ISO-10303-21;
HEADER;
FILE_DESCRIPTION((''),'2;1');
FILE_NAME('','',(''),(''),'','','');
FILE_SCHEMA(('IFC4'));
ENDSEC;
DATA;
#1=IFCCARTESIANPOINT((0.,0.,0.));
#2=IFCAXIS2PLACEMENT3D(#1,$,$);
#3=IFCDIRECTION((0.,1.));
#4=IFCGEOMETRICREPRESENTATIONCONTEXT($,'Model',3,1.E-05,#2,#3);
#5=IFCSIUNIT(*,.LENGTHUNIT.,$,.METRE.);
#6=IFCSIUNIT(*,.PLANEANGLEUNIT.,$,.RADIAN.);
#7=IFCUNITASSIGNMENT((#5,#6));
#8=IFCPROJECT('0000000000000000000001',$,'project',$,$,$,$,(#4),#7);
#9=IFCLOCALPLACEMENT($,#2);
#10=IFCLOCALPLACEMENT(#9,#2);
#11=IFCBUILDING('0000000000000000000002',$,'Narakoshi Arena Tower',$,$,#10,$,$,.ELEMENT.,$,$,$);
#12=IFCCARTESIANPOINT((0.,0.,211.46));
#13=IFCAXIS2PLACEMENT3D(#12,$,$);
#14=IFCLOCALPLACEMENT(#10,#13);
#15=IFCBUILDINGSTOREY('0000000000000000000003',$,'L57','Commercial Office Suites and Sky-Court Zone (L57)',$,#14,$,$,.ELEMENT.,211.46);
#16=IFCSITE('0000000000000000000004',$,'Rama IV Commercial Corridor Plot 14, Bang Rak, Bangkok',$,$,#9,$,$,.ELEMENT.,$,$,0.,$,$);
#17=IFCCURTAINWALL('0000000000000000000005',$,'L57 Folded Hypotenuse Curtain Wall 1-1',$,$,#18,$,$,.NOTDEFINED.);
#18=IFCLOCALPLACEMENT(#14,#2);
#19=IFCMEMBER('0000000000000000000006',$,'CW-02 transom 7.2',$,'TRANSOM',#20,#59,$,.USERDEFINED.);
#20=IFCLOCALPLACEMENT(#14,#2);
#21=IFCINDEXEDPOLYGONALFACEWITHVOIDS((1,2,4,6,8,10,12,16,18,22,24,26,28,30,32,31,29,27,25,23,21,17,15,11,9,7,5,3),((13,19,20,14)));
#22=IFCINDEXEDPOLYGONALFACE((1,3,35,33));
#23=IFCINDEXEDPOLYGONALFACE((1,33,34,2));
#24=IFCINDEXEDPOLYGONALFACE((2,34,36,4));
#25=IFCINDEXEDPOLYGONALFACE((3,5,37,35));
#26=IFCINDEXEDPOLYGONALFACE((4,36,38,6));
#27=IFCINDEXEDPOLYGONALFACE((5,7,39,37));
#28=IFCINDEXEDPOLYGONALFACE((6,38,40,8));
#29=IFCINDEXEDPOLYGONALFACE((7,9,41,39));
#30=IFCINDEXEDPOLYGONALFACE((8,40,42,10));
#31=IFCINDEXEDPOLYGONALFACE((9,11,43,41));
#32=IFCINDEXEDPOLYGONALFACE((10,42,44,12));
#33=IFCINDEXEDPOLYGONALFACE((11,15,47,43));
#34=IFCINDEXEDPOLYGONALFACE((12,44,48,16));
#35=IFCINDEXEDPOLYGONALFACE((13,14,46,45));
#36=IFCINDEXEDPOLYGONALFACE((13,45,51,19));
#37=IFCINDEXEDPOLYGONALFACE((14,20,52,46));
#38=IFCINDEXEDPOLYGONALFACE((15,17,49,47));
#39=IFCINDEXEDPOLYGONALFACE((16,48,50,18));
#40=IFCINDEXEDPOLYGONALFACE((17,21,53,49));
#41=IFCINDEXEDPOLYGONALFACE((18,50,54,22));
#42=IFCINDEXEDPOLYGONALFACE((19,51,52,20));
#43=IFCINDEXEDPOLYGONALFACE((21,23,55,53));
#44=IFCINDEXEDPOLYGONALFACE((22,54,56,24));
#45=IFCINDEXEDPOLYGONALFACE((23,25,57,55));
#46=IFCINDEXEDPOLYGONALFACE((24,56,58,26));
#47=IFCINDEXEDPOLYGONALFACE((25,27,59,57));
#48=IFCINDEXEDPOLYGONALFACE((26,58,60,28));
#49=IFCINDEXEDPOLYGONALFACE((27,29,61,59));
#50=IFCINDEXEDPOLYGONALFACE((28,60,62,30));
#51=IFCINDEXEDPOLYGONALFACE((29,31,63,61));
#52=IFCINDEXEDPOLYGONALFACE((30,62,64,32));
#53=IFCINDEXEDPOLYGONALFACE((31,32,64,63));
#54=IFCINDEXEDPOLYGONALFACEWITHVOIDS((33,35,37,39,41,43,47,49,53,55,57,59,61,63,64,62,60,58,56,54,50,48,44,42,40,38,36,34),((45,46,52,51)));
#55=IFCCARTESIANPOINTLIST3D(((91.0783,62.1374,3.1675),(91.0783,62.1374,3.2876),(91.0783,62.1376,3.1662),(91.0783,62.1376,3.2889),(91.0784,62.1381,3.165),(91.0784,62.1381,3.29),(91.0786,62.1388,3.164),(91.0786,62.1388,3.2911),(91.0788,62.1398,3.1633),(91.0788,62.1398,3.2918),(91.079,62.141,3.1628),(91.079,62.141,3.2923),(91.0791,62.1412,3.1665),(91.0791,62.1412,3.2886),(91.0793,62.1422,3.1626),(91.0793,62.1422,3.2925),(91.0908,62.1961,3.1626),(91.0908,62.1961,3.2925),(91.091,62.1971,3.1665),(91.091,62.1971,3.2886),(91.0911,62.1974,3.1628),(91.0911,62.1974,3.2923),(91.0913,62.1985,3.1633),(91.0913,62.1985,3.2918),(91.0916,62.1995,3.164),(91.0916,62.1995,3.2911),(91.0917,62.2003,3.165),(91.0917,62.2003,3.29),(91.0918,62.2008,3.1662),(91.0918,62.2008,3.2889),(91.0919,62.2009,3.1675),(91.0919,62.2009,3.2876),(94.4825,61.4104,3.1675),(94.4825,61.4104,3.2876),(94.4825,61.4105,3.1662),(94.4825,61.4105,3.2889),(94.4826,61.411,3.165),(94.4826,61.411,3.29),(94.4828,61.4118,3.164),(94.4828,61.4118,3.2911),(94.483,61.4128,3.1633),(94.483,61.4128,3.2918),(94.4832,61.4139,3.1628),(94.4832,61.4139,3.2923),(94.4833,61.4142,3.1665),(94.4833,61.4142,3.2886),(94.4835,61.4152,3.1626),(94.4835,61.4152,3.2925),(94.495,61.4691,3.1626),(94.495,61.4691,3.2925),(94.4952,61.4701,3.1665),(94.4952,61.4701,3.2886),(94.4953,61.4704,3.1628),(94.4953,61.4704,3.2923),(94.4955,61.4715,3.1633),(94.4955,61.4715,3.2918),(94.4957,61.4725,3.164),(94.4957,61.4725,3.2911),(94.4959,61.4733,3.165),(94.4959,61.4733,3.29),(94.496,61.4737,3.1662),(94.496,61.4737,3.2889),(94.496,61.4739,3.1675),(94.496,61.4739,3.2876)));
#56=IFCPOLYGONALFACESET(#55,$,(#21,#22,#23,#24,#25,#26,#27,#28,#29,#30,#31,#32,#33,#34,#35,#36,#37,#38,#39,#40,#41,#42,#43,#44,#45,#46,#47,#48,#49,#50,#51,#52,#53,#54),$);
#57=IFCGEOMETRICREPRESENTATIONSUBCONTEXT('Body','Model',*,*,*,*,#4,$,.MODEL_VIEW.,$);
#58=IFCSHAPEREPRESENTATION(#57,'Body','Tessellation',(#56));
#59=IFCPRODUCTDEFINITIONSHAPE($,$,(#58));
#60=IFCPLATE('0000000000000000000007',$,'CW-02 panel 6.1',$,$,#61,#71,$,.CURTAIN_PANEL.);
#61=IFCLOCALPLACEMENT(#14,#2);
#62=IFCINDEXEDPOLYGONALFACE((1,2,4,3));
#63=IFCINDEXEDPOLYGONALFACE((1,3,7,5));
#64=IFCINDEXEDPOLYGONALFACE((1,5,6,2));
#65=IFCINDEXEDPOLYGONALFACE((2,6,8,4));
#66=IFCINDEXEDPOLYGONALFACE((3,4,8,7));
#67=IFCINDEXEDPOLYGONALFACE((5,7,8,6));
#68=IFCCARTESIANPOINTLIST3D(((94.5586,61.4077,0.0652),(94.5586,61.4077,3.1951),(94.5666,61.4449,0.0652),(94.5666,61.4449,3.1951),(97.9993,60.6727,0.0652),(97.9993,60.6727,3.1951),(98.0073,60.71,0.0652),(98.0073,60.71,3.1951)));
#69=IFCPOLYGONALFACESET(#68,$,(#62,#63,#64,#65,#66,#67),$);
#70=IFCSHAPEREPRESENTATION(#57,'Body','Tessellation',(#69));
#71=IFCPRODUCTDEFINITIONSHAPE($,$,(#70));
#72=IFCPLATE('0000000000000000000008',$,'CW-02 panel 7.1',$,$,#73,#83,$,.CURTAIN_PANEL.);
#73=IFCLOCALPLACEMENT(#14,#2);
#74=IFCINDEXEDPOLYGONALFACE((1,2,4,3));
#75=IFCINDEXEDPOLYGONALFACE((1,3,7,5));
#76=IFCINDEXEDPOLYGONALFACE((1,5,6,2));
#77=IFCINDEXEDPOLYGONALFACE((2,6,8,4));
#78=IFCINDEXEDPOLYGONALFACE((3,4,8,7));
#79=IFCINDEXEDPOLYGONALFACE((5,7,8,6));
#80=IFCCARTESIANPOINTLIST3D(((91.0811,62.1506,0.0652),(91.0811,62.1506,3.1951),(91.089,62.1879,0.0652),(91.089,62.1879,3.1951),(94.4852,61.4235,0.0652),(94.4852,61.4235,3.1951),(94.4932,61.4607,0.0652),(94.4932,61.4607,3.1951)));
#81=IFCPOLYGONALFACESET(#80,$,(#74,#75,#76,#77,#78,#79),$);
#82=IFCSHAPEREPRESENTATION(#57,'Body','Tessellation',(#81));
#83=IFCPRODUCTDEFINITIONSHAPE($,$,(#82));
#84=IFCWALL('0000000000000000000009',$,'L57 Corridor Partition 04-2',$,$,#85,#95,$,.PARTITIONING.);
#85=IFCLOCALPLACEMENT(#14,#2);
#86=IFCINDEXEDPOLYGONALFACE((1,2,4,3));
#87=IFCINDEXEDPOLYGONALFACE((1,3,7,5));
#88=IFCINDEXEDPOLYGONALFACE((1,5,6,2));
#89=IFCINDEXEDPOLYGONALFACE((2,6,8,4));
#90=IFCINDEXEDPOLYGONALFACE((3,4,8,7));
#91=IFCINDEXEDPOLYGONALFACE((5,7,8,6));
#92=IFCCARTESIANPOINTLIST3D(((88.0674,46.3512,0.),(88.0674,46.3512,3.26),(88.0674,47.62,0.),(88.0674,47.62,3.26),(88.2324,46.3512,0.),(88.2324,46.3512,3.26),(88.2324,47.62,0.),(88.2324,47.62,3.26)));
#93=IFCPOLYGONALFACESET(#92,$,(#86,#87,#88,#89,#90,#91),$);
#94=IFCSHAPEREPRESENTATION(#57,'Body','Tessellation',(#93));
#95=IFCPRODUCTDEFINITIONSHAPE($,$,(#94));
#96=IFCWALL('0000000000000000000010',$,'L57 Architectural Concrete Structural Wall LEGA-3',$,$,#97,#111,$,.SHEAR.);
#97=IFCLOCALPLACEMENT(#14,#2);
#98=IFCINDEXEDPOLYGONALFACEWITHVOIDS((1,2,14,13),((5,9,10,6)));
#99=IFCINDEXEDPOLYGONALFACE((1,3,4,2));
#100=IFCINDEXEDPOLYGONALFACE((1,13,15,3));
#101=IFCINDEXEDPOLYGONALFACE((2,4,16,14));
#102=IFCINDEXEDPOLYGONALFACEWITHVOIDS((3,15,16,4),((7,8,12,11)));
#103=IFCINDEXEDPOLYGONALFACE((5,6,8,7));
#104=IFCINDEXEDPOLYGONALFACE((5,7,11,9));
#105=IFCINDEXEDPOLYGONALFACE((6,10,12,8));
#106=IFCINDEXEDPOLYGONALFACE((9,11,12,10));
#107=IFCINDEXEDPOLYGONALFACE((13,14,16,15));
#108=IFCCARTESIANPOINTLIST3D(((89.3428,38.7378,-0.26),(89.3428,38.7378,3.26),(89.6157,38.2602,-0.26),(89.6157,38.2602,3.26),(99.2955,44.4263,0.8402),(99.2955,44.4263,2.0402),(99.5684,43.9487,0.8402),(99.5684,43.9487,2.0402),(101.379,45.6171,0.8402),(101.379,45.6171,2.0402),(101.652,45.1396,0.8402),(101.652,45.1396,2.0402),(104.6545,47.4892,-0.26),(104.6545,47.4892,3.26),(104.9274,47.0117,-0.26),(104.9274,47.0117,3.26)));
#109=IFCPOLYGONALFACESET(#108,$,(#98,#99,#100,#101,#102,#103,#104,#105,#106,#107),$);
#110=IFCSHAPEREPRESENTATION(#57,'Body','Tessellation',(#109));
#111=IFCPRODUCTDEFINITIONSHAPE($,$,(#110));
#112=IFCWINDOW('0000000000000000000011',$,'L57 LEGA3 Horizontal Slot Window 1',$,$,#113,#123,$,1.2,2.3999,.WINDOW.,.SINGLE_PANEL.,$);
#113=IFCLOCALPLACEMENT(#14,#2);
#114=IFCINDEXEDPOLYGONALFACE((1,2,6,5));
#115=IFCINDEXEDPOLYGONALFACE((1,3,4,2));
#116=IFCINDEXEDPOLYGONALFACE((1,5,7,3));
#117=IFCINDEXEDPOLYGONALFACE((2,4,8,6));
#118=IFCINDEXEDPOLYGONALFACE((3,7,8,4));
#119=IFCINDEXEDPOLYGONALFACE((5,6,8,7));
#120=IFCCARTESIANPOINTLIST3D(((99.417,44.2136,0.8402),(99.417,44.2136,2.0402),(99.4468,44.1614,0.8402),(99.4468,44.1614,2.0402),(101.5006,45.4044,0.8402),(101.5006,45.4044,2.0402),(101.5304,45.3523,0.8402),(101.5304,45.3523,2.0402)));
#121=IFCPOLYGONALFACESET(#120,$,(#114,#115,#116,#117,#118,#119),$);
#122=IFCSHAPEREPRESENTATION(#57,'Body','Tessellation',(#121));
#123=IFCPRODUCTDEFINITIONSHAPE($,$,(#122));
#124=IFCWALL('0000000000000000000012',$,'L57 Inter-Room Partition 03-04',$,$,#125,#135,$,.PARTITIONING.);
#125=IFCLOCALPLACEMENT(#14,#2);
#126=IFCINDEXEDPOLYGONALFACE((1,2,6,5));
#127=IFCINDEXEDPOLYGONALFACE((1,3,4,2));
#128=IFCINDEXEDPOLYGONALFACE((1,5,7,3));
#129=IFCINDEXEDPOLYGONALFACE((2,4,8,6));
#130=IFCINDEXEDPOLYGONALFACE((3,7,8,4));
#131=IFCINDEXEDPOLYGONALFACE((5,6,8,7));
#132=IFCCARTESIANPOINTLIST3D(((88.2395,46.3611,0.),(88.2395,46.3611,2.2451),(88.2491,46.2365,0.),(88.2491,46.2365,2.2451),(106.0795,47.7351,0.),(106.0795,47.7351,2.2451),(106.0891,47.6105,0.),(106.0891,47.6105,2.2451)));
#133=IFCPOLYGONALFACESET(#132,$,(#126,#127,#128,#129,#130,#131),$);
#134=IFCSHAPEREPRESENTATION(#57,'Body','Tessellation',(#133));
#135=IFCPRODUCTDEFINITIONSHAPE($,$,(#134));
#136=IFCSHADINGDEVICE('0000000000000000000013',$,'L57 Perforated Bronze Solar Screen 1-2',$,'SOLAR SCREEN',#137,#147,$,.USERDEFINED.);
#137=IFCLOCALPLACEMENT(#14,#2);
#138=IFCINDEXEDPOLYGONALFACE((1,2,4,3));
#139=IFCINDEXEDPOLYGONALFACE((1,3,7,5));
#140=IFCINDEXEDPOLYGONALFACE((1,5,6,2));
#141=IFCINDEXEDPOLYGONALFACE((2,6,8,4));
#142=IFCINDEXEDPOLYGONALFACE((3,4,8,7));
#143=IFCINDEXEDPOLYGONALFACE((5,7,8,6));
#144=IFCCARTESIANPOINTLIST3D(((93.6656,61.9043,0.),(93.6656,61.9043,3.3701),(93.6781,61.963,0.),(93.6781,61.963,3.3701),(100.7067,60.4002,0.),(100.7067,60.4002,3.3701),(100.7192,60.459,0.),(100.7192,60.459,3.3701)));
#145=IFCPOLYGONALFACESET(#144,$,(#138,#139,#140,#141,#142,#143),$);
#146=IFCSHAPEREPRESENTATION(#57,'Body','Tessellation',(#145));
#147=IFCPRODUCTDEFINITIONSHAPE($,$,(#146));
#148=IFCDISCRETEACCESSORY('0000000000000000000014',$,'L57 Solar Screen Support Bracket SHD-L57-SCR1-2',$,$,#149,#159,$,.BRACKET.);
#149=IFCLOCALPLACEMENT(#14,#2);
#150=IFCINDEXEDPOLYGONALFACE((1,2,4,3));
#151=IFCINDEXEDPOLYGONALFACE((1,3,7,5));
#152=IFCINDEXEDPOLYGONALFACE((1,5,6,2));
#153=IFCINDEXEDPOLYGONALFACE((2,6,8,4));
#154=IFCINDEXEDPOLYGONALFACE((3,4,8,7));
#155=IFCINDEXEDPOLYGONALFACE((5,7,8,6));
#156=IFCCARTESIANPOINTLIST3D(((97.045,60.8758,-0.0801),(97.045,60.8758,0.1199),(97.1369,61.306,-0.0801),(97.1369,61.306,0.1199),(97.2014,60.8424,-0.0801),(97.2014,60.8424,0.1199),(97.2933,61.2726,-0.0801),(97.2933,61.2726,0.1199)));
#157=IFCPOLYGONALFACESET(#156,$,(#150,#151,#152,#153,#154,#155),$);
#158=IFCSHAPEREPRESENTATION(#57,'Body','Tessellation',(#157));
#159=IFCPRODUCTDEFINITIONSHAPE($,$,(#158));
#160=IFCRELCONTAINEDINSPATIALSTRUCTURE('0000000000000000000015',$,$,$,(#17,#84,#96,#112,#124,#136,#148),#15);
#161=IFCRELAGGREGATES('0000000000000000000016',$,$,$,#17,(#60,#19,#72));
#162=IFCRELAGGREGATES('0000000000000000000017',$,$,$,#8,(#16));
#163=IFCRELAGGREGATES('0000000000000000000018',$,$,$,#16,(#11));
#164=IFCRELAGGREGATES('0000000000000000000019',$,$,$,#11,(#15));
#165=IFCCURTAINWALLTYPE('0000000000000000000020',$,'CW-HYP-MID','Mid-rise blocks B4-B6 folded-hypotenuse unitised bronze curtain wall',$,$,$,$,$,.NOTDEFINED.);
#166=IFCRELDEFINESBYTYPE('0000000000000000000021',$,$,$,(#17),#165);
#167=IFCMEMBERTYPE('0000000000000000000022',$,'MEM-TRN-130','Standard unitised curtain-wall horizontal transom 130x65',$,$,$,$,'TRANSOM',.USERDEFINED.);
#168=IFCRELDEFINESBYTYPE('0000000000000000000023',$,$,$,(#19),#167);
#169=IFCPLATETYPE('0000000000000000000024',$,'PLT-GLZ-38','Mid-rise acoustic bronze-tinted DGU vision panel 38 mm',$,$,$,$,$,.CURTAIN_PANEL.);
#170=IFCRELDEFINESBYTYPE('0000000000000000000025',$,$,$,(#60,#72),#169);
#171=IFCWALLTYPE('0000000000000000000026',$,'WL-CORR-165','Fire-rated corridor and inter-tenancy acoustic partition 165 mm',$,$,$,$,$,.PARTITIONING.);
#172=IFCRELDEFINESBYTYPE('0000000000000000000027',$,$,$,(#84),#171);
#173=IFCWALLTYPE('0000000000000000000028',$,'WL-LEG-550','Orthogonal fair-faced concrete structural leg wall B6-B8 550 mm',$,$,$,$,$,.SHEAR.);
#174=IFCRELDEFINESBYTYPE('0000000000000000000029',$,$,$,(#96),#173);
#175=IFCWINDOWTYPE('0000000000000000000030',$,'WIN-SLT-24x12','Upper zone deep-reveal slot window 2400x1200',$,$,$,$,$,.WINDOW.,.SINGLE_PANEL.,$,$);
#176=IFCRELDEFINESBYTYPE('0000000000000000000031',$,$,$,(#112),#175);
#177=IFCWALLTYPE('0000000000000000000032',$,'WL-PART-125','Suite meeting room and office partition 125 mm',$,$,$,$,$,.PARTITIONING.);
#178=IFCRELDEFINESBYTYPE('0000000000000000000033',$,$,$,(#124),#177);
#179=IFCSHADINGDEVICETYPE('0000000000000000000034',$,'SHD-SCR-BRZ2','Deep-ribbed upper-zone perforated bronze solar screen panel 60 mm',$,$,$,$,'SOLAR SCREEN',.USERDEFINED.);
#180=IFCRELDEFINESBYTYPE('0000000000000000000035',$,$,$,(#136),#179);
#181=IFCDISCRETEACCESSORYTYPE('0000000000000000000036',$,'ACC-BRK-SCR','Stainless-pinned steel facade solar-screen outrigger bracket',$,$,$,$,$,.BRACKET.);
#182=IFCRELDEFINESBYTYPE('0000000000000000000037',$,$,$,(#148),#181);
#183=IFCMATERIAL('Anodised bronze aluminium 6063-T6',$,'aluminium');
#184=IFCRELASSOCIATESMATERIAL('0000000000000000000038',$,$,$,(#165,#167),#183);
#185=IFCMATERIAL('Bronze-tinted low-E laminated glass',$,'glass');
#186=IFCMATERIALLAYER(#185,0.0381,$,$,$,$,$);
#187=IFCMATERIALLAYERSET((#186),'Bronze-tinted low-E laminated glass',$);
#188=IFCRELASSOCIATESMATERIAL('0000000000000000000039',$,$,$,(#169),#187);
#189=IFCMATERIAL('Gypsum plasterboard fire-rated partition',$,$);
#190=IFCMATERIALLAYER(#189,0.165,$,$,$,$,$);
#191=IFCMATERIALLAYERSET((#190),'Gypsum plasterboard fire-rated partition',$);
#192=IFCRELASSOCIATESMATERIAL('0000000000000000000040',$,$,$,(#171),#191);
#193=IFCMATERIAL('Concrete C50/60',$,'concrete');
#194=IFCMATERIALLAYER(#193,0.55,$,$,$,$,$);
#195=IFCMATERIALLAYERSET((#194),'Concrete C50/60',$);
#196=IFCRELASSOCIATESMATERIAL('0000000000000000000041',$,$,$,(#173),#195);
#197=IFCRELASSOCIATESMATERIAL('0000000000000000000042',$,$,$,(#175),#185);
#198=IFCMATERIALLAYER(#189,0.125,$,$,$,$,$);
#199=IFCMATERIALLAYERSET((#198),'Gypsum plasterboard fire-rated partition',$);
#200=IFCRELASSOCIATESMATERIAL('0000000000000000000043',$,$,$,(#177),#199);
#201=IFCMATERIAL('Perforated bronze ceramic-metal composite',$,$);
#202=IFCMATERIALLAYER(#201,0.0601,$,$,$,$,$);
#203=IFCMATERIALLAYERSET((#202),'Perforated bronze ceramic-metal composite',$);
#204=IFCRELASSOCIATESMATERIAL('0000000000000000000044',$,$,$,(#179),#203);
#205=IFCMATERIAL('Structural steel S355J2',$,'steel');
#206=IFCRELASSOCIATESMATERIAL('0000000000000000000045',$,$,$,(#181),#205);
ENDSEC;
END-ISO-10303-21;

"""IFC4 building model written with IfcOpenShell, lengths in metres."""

from ifc_helpers import new_model, si_unit, direction, frame, frame_2d, origin, origin_2d, place, context, subcontext, project, spatial, rectangle, hollow_rectangle, extrude, material, layer, layer_set, material_profile, profile_set, type_object, element, fill, aggregate, save


model = new_model("IFC4")

# Units and contexts
model_context = context("Model", 3, precision=1e-05, world=origin(), true_north=direction((0.0, 1.0)))
body_context = subcontext(model_context, "Body", "Model", "MODEL_VIEW")
ifc_project = project(units=[si_unit("LENGTHUNIT", "METRE"), si_unit("PLANEANGLEUNIT", "RADIAN")], contexts=[model_context])

# Site, building, storey
site_placement = place(None, origin())
site = spatial("IfcSite", under=ifc_project, at=site_placement, Name="Rama IV Commercial Corridor Plot 14, Bang Rak, Bangkok", CompositionType="ELEMENT", RefElevation=0.0)
building_placement = place(site_placement, origin())
building = spatial("IfcBuilding", under=site, at=building_placement, Name="Narakoshi Arena Tower", CompositionType="ELEMENT")
storey_placement = place(building_placement, frame((0.0, 0.0, 211.46)))
storey = spatial("IfcBuildingStorey", under=building, at=storey_placement, Name="L57", Description="Commercial Office Suites and Sky-Court Zone (L57)", CompositionType="ELEMENT", Elevation=211.46)

# Shared definitions
ifc_material_1 = material(Name="Concrete C50/60", Category="concrete")

# Shared definitions
ifc_material_2 = material(Name="Structural steel S355J2", Category="steel")

# Curtain wall, member, plates
ifc_material_3 = material(Name="Anodised bronze aluminium 6063-T6", Category="aluminium")
curtain_wall_type = type_object("IfcCurtainWallType", Name="CW-HYP-MID", Description="Mid-rise blocks B4-B6 folded-hypotenuse unitised bronze curtain wall", PredefinedType="NOTDEFINED", material=ifc_material_3)
curtain_wall_placement = place(storey_placement, origin())
curtain_wall = element("IfcCurtainWall", 1, at=curtain_wall_placement, inside=storey, type_object=curtain_wall_type, Name="L57 Folded Hypotenuse Curtain Wall 1-1", PredefinedType="NOTDEFINED")
ifc_material_profile_1 = material_profile(ifc_material_3, hollow_rectangle(XDim=0.0649, YDim=0.1299, WallThickness=0.0039, OuterFilletRadius=0.0049, at=origin_2d()), Name="TRN130x65x4")
ifc_profile_set_1 = profile_set([ifc_material_profile_1], Name="Anodised bronze aluminium 6063-T6")
member_type_1 = type_object("IfcMemberType", Name="MEM-TRN-130", Description="Standard unitised curtain-wall horizontal transom 130x65", ElementType="TRANSOM", PredefinedType="USERDEFINED", material=ifc_profile_set_1)
member_1_placement = place(storey_placement, frame((94.4893, 61.4421, 3.2275), z_axis=(-0.977946, 0.208858, 0.0), x_axis=(-0.208858, -0.977946, 0.0)))
member_1 = element("IfcMember", 2, at=member_1_placement, type_object=member_type_1, Name="CW-02 transom 7.2", ObjectType="TRANSOM", PredefinedType="USERDEFINED", context=body_context, shape_type="SweptSolid", body=[
    extrude(hollow_rectangle(XDim=0.0649, YDim=0.1299, WallThickness=0.0039, OuterFilletRadius=0.0049, at=origin_2d()), origin(), (0.0, 0.0, 1.0), 3.481),
])
ifc_material_4 = material(Name="Bronze-tinted low-E laminated glass", Category="glass")
ifc_layer_1 = layer(ifc_material_4, 0.0381)
ifc_layer_set_1 = layer_set([ifc_layer_1], Name="Bronze-tinted low-E laminated glass")
plate_type = type_object("IfcPlateType", Name="PLT-GLZ-38", Description="Mid-rise acoustic bronze-tinted DGU vision panel 38 mm", PredefinedType="CURTAIN_PANEL", material=ifc_layer_set_1)
plate_1_placement = place(storey_placement, frame((96.283, 61.0588, 0.0652), z_axis=(0.0, 0.0, 1.0), x_axis=(-0.977937, 0.208899, 0.0)))
plate_1 = element("IfcPlate", 3, at=plate_1_placement, type_object=plate_type, Name="CW-02 panel 6.1", PredefinedType="CURTAIN_PANEL", context=body_context, shape_type="SweptSolid", body=[
    extrude(rectangle(XDim=3.5183, YDim=0.0381, at=origin_2d()), origin(), (0.0, 0.0, 1.0), 3.1299),
])
plate_2_placement = place(storey_placement, frame((92.7871, 61.8057, 0.0652), z_axis=(0.0, 0.0, 1.0), x_axis=(-0.977937, 0.208899, 0.0)))
plate_2 = element("IfcPlate", 4, at=plate_2_placement, type_object=plate_type, Name="CW-02 panel 7.1", PredefinedType="CURTAIN_PANEL", context=body_context, shape_type="SweptSolid", body=[
    extrude(rectangle(XDim=3.481, YDim=0.0381, at=origin_2d()), origin(), (0.0, 0.0, 1.0), 3.1299),
])
aggregate(curtain_wall, [plate_1, member_1, plate_2])

# Wall
ifc_material_5 = material(Name="Gypsum plasterboard fire-rated partition")
ifc_layer_2 = layer(ifc_material_5, 0.165)
ifc_layer_set_2 = layer_set([ifc_layer_2], Name="Gypsum plasterboard fire-rated partition")
wall_type_1 = type_object("IfcWallType", Name="WL-CORR-165", Description="Fire-rated corridor and inter-tenancy acoustic partition 165 mm", PredefinedType="PARTITIONING", material=ifc_layer_set_2)
wall_1_placement = place(storey_placement, frame((88.1499, 46.3513, 0.0), z_axis=(0.0, 0.0, 1.0), x_axis=(0.0, 1.0, 0.0)))
element("IfcWall", 5, at=wall_1_placement, inside=storey, type_object=wall_type_1, Name="L57 Corridor Partition 04-2", PredefinedType="PARTITIONING", context=body_context, shape_type="SweptSolid", body=[
    extrude(rectangle(XDim=1.2688, YDim=0.165, at=frame_2d((0.6343, 0.0))), origin(), (0.0, 0.0, 1.0), 3.26),
])

# Wall, opening, window
ifc_layer_3 = layer(ifc_material_1, 0.55)
ifc_layer_set_3 = layer_set([ifc_layer_3], Name="Concrete C50/60")
wall_type_2 = type_object("IfcWallType", Name="WL-LEG-550", Description="Orthogonal fair-faced concrete structural leg wall B6-B8 550 mm", PredefinedType="SHEAR", material=ifc_layer_set_3)
wall_2_placement = place(storey_placement, frame((89.4792, 38.499, -0.26), z_axis=(0.0, 0.0, 1.0), x_axis=(0.868197, 0.496219, 0.0)))
wall_2 = element("IfcWall", 6, at=wall_2_placement, inside=storey, type_object=wall_type_2, Name="L57 Architectural Concrete Structural Wall LEGA-3", PredefinedType="SHEAR", context=body_context, shape_type="SweptSolid", body=[
    extrude(rectangle(XDim=17.6362, YDim=0.55, at=frame_2d((8.8181, 0.0))), origin(), (0.0, 0.0, 1.0), 3.52),
])
opening_placement = place(wall_2_placement, frame((11.4636, 0.0, 1.1001)))
opening = element("IfcOpeningElement", 7, at=opening_placement, cuts=wall_2, PredefinedType="OPENING", context=body_context, shape_type="SweptSolid", body=[
    extrude(rectangle(XDim=2.3999, YDim=1.2, at=frame_2d((1.2, 0.6001))), frame((0.0, 0.2849, 0.0), z_axis=(0.0, -1.0, 0.0), x_axis=(1.0, 0.0, 0.0)), (0.0, 0.0, 1.0), 0.5701),
])
window_type = type_object("IfcWindowType", Name="WIN-SLT-24x12", Description="Upper zone deep-reveal slot window 2400x1200", PartitioningType="SINGLE_PANEL", PredefinedType="WINDOW", material=ifc_material_4)
window_placement = place(opening_placement, origin())
window = element("IfcWindow", 8, at=window_placement, inside=storey, type_object=window_type, Name="L57 LEGA3 Horizontal Slot Window 1", OverallHeight=1.2, OverallWidth=2.3999, PartitioningType="SINGLE_PANEL", PredefinedType="WINDOW", context=body_context, shape_type="SweptSolid", body=[
    extrude(rectangle(XDim=2.3999, YDim=1.2, at=frame_2d((1.2, 0.6001))), frame((0.0, 0.03, 0.0), z_axis=(0.0, -1.0, 0.0), x_axis=(1.0, 0.0, 0.0)), (0.0, 0.0, 1.0), 0.0601),
])
fill(opening, window)

# Wall
ifc_layer_4 = layer(ifc_material_5, 0.125)
ifc_layer_set_4 = layer_set([ifc_layer_4], Name="Gypsum plasterboard fire-rated partition")
wall_type_3 = type_object("IfcWallType", Name="WL-PART-125", Description="Suite meeting room and office partition 125 mm", PredefinedType="PARTITIONING", material=ifc_layer_set_4)
wall_3_placement = place(storey_placement, frame((88.2444, 46.2988, 0.0), z_axis=(0.0, 0.0, 1.0), x_axis=(0.997047, 0.076791, 0.0)))
element("IfcWall", 9, at=wall_3_placement, inside=storey, type_object=wall_type_3, Name="L57 Inter-Room Partition 03-04", PredefinedType="PARTITIONING", context=body_context, shape_type="SweptSolid", body=[
    extrude(rectangle(XDim=17.8928, YDim=0.125, at=frame_2d((8.9463, 0.0))), origin(), (0.0, 0.0, 1.0), 2.2451),
])

# Shading device
ifc_material_6 = material(Name="Perforated bronze ceramic-metal composite")
ifc_layer_5 = layer(ifc_material_6, 0.0601)
ifc_layer_set_5 = layer_set([ifc_layer_5], Name="Perforated bronze ceramic-metal composite")
shading_device_type = type_object("IfcShadingDeviceType", Name="SHD-SCR-BRZ2", Description="Deep-ribbed upper-zone perforated bronze solar screen panel 60 mm", ElementType="SOLAR SCREEN", PredefinedType="USERDEFINED", material=ifc_layer_set_5)
shading_device_placement = place(storey_placement, frame((97.1924, 61.1816, 0.0), z_axis=(0.0, 0.0, 1.0), x_axis=(-0.977937, 0.208902, 0.0)))
element("IfcShadingDevice", 10, at=shading_device_placement, inside=storey, type_object=shading_device_type, Name="L57 Perforated Bronze Solar Screen 1-2", ObjectType="SOLAR SCREEN", PredefinedType="USERDEFINED", context=body_context, shape_type="SweptSolid", body=[
    extrude(rectangle(XDim=7.2, YDim=0.0601, at=origin_2d()), origin(), (0.0, 0.0, 1.0), 3.3701),
])

# Discrete accessory
discrete_accessory_type = type_object("IfcDiscreteAccessoryType", Name="ACC-BRK-SCR", Description="Stainless-pinned steel facade solar-screen outrigger bracket", PredefinedType="BRACKET", material=ifc_material_2)
discrete_accessory_placement = place(storey_placement, frame((97.1692, 61.0742, -0.0801), z_axis=(0.0, 0.0, 1.0), x_axis=(-0.977937, 0.208902, 0.0)))
element("IfcDiscreteAccessory", 11, at=discrete_accessory_placement, inside=storey, type_object=discrete_accessory_type, Name="L57 Solar Screen Support Bracket SHD-L57-SCR1-2", PredefinedType="BRACKET", context=body_context, shape_type="SweptSolid", body=[
    extrude(rectangle(XDim=0.1599, YDim=0.4399, at=origin_2d()), origin(), (0.0, 0.0, 1.0), 0.2),
])

save(model, "model.ifc")
